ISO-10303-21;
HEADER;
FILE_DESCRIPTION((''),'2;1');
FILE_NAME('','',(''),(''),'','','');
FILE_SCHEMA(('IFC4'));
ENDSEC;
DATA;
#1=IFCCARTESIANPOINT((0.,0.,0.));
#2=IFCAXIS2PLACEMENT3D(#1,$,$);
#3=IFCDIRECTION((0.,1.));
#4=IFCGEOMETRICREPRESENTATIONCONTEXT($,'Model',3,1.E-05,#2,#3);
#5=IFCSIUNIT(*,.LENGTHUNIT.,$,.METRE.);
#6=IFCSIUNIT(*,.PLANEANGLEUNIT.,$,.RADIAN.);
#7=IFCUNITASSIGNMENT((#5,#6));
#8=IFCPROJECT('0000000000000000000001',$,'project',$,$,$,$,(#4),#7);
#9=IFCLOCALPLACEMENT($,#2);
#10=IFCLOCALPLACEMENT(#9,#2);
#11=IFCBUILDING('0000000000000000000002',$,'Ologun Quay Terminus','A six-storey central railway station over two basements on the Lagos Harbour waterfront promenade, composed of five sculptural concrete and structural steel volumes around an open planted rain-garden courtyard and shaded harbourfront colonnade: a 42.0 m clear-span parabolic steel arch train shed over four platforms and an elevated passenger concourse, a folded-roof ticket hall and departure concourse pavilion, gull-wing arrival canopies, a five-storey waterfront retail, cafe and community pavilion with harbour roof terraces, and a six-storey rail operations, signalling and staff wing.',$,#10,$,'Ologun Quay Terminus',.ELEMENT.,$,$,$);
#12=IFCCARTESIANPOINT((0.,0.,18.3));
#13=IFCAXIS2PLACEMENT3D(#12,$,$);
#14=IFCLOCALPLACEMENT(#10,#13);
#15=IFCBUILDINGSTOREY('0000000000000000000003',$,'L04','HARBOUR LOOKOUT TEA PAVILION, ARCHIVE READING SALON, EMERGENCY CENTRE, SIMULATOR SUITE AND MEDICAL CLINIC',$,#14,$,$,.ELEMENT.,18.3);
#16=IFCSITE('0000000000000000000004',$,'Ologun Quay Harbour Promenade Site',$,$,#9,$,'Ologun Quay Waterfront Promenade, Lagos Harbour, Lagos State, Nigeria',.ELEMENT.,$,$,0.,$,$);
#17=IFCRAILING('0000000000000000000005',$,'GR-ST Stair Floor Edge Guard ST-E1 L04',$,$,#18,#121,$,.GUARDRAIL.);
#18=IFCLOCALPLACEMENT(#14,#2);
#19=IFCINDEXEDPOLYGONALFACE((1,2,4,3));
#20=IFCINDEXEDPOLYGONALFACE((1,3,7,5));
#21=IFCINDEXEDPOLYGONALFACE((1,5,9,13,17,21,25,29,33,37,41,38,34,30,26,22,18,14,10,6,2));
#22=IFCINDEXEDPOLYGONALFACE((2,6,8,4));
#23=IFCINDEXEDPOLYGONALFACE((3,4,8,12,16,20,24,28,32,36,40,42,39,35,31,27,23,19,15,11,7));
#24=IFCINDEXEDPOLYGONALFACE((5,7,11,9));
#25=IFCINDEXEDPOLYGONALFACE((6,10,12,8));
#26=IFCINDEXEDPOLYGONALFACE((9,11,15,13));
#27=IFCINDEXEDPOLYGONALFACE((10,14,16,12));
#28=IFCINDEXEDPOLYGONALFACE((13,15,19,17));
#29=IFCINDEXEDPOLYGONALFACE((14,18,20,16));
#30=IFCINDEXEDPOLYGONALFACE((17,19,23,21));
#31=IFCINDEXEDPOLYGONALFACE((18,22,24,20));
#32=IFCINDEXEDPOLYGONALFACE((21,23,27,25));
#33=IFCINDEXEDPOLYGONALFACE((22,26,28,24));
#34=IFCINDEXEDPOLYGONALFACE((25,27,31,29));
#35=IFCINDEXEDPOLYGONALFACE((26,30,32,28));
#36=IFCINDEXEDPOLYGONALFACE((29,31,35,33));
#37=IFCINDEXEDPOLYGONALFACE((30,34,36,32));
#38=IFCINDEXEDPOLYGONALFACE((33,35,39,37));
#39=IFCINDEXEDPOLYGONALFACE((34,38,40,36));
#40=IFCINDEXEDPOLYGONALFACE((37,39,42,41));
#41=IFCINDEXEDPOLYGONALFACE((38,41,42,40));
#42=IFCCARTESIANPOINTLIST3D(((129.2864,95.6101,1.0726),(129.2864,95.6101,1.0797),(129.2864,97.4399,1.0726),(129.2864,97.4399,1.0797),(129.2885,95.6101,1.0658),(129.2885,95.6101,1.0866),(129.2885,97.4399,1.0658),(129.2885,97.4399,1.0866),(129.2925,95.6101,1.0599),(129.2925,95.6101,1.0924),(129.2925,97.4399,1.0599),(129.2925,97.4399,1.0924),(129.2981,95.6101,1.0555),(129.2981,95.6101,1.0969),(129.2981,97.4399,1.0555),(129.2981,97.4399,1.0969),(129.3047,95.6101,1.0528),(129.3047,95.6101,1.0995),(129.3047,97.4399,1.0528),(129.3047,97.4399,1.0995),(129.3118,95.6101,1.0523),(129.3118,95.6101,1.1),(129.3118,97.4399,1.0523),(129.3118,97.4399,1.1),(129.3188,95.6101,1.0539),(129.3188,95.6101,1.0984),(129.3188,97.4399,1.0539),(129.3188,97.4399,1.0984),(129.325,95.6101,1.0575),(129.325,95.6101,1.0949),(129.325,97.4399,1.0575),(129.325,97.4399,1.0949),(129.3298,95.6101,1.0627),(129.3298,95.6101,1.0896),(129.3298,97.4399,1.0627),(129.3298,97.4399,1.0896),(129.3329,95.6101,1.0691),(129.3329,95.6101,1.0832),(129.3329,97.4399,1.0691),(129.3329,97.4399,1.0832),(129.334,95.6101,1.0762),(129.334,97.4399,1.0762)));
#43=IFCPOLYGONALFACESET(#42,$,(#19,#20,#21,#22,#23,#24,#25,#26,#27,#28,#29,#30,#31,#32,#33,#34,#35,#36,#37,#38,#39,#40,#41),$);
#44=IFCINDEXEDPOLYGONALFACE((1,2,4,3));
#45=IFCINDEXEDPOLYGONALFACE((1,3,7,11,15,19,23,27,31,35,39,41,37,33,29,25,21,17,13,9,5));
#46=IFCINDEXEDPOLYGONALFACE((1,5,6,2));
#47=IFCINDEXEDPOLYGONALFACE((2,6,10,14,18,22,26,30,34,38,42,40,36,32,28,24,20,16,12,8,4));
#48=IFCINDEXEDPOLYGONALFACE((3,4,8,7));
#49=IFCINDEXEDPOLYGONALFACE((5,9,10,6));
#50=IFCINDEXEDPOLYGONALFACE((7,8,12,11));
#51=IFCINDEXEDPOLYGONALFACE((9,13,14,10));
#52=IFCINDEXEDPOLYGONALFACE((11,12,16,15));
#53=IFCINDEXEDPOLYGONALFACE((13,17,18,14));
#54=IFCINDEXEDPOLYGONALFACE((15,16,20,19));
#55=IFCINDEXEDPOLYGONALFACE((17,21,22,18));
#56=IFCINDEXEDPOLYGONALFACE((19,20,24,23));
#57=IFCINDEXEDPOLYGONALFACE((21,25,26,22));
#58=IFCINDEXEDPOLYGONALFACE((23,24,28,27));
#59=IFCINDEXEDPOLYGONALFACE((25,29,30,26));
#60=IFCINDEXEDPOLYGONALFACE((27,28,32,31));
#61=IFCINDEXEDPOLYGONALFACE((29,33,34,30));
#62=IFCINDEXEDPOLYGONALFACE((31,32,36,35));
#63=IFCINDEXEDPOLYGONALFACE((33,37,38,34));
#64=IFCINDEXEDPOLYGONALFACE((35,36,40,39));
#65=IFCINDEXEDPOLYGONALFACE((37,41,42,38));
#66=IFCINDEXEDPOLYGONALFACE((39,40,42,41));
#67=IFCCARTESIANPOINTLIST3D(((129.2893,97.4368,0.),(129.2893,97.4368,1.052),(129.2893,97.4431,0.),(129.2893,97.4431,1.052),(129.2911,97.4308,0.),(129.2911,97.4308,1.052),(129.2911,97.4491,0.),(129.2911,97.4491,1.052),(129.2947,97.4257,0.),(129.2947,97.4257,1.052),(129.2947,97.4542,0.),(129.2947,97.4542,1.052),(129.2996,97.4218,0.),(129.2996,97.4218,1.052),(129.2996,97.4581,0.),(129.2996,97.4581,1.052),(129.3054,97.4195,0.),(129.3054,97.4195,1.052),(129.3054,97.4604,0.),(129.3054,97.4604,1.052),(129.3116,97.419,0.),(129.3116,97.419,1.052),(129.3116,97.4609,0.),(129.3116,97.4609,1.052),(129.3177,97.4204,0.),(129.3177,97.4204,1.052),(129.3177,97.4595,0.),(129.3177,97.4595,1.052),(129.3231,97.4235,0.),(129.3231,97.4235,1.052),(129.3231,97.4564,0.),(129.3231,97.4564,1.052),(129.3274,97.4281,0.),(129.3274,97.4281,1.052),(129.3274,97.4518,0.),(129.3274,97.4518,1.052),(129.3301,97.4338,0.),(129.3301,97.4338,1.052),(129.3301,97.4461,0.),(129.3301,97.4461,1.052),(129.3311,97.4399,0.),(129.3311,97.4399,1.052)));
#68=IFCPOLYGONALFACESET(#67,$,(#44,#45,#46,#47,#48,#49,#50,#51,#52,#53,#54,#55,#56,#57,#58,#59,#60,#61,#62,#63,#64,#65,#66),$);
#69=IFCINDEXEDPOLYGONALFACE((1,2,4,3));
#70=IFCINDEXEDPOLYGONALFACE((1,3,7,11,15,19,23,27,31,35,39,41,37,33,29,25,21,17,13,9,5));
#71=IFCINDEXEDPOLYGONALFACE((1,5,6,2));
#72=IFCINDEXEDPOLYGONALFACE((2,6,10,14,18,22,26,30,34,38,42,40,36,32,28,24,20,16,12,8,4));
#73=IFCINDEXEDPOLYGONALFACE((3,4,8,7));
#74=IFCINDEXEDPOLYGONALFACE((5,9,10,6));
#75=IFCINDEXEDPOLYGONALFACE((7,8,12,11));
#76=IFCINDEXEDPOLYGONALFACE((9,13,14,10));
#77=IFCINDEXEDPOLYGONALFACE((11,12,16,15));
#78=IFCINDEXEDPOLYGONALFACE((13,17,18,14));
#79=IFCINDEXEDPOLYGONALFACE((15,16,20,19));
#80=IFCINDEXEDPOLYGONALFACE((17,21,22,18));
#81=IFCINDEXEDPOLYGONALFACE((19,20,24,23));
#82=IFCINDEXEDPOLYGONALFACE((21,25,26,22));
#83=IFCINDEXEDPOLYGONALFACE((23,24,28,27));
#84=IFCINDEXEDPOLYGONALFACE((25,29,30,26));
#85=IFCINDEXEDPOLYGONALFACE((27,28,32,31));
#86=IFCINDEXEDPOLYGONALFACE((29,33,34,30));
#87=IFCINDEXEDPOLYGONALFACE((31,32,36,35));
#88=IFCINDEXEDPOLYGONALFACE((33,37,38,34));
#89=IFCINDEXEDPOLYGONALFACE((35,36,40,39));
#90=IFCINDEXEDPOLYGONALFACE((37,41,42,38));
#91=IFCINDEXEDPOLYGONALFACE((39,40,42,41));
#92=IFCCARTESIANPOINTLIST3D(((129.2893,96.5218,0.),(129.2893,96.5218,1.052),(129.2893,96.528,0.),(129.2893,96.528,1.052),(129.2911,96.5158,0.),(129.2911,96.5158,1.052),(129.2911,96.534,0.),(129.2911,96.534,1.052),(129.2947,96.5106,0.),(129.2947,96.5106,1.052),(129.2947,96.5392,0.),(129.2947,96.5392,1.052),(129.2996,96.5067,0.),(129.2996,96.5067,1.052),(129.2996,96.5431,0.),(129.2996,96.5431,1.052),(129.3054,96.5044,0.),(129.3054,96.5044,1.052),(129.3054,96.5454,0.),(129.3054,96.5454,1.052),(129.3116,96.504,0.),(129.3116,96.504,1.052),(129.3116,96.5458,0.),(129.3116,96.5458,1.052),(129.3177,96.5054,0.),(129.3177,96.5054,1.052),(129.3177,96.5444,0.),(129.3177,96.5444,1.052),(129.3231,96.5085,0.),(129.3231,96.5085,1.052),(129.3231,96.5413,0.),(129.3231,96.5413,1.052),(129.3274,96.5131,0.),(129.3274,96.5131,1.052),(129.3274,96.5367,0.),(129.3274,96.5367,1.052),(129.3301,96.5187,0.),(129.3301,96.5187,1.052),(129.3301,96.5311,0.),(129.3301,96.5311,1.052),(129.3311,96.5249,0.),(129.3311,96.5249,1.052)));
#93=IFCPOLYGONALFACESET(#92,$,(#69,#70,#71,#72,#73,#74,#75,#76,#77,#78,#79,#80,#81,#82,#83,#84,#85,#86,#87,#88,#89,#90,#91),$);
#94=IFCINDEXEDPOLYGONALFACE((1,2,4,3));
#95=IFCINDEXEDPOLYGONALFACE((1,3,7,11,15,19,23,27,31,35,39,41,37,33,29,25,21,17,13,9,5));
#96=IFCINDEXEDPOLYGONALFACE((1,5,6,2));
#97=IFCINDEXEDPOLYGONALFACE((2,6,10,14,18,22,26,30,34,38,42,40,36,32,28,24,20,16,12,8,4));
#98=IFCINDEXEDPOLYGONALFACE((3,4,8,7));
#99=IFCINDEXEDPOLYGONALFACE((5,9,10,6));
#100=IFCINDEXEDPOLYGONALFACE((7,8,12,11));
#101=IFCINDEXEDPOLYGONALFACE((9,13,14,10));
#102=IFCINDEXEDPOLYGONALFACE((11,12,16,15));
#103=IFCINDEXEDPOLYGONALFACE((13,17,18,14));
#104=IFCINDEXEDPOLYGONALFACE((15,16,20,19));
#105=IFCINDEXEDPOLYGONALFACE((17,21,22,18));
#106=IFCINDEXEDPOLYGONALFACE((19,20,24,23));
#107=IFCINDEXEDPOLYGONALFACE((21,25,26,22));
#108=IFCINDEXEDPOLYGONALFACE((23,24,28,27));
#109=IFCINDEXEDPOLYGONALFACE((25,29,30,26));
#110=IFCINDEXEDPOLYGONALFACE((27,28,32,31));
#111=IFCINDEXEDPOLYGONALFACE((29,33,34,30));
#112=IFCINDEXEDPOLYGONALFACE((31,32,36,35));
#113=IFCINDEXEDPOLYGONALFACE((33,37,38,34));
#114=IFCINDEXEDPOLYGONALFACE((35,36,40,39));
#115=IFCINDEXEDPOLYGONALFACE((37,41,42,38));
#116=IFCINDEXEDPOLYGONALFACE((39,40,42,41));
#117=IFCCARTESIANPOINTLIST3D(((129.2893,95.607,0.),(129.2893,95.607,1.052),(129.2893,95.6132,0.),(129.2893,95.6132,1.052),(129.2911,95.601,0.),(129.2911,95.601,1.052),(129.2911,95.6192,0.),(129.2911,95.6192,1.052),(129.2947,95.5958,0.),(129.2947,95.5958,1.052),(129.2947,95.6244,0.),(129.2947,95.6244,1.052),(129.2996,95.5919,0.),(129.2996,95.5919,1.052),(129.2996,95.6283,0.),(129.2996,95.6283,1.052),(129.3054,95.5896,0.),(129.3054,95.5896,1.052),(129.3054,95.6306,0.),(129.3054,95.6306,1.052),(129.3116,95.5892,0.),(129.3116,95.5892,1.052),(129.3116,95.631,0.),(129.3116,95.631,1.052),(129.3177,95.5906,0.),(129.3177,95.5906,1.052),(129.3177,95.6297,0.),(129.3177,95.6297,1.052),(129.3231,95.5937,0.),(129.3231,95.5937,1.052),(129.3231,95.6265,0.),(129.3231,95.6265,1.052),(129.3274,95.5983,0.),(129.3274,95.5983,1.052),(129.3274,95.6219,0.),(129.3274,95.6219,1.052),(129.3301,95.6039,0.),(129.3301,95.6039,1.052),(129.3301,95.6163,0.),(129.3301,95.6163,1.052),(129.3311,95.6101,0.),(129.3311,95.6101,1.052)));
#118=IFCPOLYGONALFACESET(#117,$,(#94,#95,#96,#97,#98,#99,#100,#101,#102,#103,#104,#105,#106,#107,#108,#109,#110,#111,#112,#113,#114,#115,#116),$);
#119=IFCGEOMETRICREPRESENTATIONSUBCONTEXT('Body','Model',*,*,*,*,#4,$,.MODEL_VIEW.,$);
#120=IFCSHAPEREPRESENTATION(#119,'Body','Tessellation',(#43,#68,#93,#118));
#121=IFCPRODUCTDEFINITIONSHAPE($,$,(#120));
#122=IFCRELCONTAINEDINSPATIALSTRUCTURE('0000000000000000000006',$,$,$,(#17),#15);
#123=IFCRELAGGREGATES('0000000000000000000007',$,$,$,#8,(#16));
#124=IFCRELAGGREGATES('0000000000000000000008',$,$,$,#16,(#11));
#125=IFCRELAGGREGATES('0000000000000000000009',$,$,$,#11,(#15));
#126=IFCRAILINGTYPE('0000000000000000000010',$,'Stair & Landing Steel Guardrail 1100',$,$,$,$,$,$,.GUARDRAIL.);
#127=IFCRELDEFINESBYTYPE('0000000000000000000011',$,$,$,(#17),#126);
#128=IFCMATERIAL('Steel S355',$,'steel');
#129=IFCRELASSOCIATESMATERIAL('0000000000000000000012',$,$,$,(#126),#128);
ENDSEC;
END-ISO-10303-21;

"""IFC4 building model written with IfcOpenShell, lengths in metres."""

from ifc_helpers import new_model, si_unit, direction, frame, origin, origin_2d, place, context, subcontext, project, spatial, circle, extrude, material, type_object, element, save


model = new_model("IFC4")

# Units and contexts
model_context = context("Model", 3, precision=1e-05, world=origin(), true_north=direction((0.0, 1.0)))
body_context = subcontext(model_context, "Body", "Model", "MODEL_VIEW")
ifc_project = project(units=[si_unit("LENGTHUNIT", "METRE"), si_unit("PLANEANGLEUNIT", "RADIAN")], contexts=[model_context])

# Site, building, storey
site_placement = place(None, origin())
site = spatial("IfcSite", under=ifc_project, at=site_placement, Name="Ologun Quay Harbour Promenade Site", LongName="Ologun Quay Waterfront Promenade, Lagos Harbour, Lagos State, Nigeria", CompositionType="ELEMENT", RefElevation=0.0)
building_placement = place(site_placement, origin())
building = spatial("IfcBuilding", under=site, at=building_placement, Name="Ologun Quay Terminus", Description="A six-storey central railway station over two basements on the Lagos Harbour waterfront promenade, composed of five sculptural concrete and structural steel volumes around an open planted rain-garden courtyard and shaded harbourfront colonnade: a 42.0 m clear-span parabolic steel arch train shed over four platforms and an elevated passenger concourse, a folded-roof ticket hall and departure concourse pavilion, gull-wing arrival canopies, a five-storey waterfront retail, cafe and community pavilion with harbour roof terraces, and a six-storey rail operations, signalling and staff wing.", LongName="Ologun Quay Terminus", CompositionType="ELEMENT")
storey_placement = place(building_placement, frame((0.0, 0.0, 18.3)))
storey = spatial("IfcBuildingStorey", under=building, at=storey_placement, Name="L04", Description="HARBOUR LOOKOUT TEA PAVILION, ARCHIVE READING SALON, EMERGENCY CENTRE, SIMULATOR SUITE AND MEDICAL CLINIC", CompositionType="ELEMENT", Elevation=18.3)

# Railing
ifc_material_1 = material(Name="Steel S355", Category="steel")
railing_type_1 = type_object("IfcRailingType", Name="Stair & Landing Steel Guardrail 1100", PredefinedType="GUARDRAIL", material=ifc_material_1)
railing_1_placement = place(storey_placement, frame((129.3101, 97.4399, 0.0)))
element("IfcRailing", 1, at=railing_1_placement, inside=storey, type_object=railing_type_1, Name="GR-ST Stair Floor Edge Guard ST-E1 L04", PredefinedType="GUARDRAIL", context=body_context, shape_type="SweptSolid", body=[
    extrude(circle(Radius=0.0239, at=origin_2d()), frame((0.0, 0.0, 1.0762), z_axis=(0.0, -1.0, 0.0), x_axis=(1.0, 0.0, 0.0)), (0.0, 0.0, 1.0), 1.8298),
    extrude(circle(Radius=0.021, at=origin_2d()), origin(), (0.0, 0.0, 1.0), 1.052),
    extrude(circle(Radius=0.021, at=origin_2d()), frame((0.0, -0.915, 0.0)), (0.0, 0.0, 1.0), 1.052),
    extrude(circle(Radius=0.021, at=origin_2d()), frame((0.0, -1.8298, 0.0)), (0.0, 0.0, 1.0), 1.052),
])

save(model, "model.ifc")
